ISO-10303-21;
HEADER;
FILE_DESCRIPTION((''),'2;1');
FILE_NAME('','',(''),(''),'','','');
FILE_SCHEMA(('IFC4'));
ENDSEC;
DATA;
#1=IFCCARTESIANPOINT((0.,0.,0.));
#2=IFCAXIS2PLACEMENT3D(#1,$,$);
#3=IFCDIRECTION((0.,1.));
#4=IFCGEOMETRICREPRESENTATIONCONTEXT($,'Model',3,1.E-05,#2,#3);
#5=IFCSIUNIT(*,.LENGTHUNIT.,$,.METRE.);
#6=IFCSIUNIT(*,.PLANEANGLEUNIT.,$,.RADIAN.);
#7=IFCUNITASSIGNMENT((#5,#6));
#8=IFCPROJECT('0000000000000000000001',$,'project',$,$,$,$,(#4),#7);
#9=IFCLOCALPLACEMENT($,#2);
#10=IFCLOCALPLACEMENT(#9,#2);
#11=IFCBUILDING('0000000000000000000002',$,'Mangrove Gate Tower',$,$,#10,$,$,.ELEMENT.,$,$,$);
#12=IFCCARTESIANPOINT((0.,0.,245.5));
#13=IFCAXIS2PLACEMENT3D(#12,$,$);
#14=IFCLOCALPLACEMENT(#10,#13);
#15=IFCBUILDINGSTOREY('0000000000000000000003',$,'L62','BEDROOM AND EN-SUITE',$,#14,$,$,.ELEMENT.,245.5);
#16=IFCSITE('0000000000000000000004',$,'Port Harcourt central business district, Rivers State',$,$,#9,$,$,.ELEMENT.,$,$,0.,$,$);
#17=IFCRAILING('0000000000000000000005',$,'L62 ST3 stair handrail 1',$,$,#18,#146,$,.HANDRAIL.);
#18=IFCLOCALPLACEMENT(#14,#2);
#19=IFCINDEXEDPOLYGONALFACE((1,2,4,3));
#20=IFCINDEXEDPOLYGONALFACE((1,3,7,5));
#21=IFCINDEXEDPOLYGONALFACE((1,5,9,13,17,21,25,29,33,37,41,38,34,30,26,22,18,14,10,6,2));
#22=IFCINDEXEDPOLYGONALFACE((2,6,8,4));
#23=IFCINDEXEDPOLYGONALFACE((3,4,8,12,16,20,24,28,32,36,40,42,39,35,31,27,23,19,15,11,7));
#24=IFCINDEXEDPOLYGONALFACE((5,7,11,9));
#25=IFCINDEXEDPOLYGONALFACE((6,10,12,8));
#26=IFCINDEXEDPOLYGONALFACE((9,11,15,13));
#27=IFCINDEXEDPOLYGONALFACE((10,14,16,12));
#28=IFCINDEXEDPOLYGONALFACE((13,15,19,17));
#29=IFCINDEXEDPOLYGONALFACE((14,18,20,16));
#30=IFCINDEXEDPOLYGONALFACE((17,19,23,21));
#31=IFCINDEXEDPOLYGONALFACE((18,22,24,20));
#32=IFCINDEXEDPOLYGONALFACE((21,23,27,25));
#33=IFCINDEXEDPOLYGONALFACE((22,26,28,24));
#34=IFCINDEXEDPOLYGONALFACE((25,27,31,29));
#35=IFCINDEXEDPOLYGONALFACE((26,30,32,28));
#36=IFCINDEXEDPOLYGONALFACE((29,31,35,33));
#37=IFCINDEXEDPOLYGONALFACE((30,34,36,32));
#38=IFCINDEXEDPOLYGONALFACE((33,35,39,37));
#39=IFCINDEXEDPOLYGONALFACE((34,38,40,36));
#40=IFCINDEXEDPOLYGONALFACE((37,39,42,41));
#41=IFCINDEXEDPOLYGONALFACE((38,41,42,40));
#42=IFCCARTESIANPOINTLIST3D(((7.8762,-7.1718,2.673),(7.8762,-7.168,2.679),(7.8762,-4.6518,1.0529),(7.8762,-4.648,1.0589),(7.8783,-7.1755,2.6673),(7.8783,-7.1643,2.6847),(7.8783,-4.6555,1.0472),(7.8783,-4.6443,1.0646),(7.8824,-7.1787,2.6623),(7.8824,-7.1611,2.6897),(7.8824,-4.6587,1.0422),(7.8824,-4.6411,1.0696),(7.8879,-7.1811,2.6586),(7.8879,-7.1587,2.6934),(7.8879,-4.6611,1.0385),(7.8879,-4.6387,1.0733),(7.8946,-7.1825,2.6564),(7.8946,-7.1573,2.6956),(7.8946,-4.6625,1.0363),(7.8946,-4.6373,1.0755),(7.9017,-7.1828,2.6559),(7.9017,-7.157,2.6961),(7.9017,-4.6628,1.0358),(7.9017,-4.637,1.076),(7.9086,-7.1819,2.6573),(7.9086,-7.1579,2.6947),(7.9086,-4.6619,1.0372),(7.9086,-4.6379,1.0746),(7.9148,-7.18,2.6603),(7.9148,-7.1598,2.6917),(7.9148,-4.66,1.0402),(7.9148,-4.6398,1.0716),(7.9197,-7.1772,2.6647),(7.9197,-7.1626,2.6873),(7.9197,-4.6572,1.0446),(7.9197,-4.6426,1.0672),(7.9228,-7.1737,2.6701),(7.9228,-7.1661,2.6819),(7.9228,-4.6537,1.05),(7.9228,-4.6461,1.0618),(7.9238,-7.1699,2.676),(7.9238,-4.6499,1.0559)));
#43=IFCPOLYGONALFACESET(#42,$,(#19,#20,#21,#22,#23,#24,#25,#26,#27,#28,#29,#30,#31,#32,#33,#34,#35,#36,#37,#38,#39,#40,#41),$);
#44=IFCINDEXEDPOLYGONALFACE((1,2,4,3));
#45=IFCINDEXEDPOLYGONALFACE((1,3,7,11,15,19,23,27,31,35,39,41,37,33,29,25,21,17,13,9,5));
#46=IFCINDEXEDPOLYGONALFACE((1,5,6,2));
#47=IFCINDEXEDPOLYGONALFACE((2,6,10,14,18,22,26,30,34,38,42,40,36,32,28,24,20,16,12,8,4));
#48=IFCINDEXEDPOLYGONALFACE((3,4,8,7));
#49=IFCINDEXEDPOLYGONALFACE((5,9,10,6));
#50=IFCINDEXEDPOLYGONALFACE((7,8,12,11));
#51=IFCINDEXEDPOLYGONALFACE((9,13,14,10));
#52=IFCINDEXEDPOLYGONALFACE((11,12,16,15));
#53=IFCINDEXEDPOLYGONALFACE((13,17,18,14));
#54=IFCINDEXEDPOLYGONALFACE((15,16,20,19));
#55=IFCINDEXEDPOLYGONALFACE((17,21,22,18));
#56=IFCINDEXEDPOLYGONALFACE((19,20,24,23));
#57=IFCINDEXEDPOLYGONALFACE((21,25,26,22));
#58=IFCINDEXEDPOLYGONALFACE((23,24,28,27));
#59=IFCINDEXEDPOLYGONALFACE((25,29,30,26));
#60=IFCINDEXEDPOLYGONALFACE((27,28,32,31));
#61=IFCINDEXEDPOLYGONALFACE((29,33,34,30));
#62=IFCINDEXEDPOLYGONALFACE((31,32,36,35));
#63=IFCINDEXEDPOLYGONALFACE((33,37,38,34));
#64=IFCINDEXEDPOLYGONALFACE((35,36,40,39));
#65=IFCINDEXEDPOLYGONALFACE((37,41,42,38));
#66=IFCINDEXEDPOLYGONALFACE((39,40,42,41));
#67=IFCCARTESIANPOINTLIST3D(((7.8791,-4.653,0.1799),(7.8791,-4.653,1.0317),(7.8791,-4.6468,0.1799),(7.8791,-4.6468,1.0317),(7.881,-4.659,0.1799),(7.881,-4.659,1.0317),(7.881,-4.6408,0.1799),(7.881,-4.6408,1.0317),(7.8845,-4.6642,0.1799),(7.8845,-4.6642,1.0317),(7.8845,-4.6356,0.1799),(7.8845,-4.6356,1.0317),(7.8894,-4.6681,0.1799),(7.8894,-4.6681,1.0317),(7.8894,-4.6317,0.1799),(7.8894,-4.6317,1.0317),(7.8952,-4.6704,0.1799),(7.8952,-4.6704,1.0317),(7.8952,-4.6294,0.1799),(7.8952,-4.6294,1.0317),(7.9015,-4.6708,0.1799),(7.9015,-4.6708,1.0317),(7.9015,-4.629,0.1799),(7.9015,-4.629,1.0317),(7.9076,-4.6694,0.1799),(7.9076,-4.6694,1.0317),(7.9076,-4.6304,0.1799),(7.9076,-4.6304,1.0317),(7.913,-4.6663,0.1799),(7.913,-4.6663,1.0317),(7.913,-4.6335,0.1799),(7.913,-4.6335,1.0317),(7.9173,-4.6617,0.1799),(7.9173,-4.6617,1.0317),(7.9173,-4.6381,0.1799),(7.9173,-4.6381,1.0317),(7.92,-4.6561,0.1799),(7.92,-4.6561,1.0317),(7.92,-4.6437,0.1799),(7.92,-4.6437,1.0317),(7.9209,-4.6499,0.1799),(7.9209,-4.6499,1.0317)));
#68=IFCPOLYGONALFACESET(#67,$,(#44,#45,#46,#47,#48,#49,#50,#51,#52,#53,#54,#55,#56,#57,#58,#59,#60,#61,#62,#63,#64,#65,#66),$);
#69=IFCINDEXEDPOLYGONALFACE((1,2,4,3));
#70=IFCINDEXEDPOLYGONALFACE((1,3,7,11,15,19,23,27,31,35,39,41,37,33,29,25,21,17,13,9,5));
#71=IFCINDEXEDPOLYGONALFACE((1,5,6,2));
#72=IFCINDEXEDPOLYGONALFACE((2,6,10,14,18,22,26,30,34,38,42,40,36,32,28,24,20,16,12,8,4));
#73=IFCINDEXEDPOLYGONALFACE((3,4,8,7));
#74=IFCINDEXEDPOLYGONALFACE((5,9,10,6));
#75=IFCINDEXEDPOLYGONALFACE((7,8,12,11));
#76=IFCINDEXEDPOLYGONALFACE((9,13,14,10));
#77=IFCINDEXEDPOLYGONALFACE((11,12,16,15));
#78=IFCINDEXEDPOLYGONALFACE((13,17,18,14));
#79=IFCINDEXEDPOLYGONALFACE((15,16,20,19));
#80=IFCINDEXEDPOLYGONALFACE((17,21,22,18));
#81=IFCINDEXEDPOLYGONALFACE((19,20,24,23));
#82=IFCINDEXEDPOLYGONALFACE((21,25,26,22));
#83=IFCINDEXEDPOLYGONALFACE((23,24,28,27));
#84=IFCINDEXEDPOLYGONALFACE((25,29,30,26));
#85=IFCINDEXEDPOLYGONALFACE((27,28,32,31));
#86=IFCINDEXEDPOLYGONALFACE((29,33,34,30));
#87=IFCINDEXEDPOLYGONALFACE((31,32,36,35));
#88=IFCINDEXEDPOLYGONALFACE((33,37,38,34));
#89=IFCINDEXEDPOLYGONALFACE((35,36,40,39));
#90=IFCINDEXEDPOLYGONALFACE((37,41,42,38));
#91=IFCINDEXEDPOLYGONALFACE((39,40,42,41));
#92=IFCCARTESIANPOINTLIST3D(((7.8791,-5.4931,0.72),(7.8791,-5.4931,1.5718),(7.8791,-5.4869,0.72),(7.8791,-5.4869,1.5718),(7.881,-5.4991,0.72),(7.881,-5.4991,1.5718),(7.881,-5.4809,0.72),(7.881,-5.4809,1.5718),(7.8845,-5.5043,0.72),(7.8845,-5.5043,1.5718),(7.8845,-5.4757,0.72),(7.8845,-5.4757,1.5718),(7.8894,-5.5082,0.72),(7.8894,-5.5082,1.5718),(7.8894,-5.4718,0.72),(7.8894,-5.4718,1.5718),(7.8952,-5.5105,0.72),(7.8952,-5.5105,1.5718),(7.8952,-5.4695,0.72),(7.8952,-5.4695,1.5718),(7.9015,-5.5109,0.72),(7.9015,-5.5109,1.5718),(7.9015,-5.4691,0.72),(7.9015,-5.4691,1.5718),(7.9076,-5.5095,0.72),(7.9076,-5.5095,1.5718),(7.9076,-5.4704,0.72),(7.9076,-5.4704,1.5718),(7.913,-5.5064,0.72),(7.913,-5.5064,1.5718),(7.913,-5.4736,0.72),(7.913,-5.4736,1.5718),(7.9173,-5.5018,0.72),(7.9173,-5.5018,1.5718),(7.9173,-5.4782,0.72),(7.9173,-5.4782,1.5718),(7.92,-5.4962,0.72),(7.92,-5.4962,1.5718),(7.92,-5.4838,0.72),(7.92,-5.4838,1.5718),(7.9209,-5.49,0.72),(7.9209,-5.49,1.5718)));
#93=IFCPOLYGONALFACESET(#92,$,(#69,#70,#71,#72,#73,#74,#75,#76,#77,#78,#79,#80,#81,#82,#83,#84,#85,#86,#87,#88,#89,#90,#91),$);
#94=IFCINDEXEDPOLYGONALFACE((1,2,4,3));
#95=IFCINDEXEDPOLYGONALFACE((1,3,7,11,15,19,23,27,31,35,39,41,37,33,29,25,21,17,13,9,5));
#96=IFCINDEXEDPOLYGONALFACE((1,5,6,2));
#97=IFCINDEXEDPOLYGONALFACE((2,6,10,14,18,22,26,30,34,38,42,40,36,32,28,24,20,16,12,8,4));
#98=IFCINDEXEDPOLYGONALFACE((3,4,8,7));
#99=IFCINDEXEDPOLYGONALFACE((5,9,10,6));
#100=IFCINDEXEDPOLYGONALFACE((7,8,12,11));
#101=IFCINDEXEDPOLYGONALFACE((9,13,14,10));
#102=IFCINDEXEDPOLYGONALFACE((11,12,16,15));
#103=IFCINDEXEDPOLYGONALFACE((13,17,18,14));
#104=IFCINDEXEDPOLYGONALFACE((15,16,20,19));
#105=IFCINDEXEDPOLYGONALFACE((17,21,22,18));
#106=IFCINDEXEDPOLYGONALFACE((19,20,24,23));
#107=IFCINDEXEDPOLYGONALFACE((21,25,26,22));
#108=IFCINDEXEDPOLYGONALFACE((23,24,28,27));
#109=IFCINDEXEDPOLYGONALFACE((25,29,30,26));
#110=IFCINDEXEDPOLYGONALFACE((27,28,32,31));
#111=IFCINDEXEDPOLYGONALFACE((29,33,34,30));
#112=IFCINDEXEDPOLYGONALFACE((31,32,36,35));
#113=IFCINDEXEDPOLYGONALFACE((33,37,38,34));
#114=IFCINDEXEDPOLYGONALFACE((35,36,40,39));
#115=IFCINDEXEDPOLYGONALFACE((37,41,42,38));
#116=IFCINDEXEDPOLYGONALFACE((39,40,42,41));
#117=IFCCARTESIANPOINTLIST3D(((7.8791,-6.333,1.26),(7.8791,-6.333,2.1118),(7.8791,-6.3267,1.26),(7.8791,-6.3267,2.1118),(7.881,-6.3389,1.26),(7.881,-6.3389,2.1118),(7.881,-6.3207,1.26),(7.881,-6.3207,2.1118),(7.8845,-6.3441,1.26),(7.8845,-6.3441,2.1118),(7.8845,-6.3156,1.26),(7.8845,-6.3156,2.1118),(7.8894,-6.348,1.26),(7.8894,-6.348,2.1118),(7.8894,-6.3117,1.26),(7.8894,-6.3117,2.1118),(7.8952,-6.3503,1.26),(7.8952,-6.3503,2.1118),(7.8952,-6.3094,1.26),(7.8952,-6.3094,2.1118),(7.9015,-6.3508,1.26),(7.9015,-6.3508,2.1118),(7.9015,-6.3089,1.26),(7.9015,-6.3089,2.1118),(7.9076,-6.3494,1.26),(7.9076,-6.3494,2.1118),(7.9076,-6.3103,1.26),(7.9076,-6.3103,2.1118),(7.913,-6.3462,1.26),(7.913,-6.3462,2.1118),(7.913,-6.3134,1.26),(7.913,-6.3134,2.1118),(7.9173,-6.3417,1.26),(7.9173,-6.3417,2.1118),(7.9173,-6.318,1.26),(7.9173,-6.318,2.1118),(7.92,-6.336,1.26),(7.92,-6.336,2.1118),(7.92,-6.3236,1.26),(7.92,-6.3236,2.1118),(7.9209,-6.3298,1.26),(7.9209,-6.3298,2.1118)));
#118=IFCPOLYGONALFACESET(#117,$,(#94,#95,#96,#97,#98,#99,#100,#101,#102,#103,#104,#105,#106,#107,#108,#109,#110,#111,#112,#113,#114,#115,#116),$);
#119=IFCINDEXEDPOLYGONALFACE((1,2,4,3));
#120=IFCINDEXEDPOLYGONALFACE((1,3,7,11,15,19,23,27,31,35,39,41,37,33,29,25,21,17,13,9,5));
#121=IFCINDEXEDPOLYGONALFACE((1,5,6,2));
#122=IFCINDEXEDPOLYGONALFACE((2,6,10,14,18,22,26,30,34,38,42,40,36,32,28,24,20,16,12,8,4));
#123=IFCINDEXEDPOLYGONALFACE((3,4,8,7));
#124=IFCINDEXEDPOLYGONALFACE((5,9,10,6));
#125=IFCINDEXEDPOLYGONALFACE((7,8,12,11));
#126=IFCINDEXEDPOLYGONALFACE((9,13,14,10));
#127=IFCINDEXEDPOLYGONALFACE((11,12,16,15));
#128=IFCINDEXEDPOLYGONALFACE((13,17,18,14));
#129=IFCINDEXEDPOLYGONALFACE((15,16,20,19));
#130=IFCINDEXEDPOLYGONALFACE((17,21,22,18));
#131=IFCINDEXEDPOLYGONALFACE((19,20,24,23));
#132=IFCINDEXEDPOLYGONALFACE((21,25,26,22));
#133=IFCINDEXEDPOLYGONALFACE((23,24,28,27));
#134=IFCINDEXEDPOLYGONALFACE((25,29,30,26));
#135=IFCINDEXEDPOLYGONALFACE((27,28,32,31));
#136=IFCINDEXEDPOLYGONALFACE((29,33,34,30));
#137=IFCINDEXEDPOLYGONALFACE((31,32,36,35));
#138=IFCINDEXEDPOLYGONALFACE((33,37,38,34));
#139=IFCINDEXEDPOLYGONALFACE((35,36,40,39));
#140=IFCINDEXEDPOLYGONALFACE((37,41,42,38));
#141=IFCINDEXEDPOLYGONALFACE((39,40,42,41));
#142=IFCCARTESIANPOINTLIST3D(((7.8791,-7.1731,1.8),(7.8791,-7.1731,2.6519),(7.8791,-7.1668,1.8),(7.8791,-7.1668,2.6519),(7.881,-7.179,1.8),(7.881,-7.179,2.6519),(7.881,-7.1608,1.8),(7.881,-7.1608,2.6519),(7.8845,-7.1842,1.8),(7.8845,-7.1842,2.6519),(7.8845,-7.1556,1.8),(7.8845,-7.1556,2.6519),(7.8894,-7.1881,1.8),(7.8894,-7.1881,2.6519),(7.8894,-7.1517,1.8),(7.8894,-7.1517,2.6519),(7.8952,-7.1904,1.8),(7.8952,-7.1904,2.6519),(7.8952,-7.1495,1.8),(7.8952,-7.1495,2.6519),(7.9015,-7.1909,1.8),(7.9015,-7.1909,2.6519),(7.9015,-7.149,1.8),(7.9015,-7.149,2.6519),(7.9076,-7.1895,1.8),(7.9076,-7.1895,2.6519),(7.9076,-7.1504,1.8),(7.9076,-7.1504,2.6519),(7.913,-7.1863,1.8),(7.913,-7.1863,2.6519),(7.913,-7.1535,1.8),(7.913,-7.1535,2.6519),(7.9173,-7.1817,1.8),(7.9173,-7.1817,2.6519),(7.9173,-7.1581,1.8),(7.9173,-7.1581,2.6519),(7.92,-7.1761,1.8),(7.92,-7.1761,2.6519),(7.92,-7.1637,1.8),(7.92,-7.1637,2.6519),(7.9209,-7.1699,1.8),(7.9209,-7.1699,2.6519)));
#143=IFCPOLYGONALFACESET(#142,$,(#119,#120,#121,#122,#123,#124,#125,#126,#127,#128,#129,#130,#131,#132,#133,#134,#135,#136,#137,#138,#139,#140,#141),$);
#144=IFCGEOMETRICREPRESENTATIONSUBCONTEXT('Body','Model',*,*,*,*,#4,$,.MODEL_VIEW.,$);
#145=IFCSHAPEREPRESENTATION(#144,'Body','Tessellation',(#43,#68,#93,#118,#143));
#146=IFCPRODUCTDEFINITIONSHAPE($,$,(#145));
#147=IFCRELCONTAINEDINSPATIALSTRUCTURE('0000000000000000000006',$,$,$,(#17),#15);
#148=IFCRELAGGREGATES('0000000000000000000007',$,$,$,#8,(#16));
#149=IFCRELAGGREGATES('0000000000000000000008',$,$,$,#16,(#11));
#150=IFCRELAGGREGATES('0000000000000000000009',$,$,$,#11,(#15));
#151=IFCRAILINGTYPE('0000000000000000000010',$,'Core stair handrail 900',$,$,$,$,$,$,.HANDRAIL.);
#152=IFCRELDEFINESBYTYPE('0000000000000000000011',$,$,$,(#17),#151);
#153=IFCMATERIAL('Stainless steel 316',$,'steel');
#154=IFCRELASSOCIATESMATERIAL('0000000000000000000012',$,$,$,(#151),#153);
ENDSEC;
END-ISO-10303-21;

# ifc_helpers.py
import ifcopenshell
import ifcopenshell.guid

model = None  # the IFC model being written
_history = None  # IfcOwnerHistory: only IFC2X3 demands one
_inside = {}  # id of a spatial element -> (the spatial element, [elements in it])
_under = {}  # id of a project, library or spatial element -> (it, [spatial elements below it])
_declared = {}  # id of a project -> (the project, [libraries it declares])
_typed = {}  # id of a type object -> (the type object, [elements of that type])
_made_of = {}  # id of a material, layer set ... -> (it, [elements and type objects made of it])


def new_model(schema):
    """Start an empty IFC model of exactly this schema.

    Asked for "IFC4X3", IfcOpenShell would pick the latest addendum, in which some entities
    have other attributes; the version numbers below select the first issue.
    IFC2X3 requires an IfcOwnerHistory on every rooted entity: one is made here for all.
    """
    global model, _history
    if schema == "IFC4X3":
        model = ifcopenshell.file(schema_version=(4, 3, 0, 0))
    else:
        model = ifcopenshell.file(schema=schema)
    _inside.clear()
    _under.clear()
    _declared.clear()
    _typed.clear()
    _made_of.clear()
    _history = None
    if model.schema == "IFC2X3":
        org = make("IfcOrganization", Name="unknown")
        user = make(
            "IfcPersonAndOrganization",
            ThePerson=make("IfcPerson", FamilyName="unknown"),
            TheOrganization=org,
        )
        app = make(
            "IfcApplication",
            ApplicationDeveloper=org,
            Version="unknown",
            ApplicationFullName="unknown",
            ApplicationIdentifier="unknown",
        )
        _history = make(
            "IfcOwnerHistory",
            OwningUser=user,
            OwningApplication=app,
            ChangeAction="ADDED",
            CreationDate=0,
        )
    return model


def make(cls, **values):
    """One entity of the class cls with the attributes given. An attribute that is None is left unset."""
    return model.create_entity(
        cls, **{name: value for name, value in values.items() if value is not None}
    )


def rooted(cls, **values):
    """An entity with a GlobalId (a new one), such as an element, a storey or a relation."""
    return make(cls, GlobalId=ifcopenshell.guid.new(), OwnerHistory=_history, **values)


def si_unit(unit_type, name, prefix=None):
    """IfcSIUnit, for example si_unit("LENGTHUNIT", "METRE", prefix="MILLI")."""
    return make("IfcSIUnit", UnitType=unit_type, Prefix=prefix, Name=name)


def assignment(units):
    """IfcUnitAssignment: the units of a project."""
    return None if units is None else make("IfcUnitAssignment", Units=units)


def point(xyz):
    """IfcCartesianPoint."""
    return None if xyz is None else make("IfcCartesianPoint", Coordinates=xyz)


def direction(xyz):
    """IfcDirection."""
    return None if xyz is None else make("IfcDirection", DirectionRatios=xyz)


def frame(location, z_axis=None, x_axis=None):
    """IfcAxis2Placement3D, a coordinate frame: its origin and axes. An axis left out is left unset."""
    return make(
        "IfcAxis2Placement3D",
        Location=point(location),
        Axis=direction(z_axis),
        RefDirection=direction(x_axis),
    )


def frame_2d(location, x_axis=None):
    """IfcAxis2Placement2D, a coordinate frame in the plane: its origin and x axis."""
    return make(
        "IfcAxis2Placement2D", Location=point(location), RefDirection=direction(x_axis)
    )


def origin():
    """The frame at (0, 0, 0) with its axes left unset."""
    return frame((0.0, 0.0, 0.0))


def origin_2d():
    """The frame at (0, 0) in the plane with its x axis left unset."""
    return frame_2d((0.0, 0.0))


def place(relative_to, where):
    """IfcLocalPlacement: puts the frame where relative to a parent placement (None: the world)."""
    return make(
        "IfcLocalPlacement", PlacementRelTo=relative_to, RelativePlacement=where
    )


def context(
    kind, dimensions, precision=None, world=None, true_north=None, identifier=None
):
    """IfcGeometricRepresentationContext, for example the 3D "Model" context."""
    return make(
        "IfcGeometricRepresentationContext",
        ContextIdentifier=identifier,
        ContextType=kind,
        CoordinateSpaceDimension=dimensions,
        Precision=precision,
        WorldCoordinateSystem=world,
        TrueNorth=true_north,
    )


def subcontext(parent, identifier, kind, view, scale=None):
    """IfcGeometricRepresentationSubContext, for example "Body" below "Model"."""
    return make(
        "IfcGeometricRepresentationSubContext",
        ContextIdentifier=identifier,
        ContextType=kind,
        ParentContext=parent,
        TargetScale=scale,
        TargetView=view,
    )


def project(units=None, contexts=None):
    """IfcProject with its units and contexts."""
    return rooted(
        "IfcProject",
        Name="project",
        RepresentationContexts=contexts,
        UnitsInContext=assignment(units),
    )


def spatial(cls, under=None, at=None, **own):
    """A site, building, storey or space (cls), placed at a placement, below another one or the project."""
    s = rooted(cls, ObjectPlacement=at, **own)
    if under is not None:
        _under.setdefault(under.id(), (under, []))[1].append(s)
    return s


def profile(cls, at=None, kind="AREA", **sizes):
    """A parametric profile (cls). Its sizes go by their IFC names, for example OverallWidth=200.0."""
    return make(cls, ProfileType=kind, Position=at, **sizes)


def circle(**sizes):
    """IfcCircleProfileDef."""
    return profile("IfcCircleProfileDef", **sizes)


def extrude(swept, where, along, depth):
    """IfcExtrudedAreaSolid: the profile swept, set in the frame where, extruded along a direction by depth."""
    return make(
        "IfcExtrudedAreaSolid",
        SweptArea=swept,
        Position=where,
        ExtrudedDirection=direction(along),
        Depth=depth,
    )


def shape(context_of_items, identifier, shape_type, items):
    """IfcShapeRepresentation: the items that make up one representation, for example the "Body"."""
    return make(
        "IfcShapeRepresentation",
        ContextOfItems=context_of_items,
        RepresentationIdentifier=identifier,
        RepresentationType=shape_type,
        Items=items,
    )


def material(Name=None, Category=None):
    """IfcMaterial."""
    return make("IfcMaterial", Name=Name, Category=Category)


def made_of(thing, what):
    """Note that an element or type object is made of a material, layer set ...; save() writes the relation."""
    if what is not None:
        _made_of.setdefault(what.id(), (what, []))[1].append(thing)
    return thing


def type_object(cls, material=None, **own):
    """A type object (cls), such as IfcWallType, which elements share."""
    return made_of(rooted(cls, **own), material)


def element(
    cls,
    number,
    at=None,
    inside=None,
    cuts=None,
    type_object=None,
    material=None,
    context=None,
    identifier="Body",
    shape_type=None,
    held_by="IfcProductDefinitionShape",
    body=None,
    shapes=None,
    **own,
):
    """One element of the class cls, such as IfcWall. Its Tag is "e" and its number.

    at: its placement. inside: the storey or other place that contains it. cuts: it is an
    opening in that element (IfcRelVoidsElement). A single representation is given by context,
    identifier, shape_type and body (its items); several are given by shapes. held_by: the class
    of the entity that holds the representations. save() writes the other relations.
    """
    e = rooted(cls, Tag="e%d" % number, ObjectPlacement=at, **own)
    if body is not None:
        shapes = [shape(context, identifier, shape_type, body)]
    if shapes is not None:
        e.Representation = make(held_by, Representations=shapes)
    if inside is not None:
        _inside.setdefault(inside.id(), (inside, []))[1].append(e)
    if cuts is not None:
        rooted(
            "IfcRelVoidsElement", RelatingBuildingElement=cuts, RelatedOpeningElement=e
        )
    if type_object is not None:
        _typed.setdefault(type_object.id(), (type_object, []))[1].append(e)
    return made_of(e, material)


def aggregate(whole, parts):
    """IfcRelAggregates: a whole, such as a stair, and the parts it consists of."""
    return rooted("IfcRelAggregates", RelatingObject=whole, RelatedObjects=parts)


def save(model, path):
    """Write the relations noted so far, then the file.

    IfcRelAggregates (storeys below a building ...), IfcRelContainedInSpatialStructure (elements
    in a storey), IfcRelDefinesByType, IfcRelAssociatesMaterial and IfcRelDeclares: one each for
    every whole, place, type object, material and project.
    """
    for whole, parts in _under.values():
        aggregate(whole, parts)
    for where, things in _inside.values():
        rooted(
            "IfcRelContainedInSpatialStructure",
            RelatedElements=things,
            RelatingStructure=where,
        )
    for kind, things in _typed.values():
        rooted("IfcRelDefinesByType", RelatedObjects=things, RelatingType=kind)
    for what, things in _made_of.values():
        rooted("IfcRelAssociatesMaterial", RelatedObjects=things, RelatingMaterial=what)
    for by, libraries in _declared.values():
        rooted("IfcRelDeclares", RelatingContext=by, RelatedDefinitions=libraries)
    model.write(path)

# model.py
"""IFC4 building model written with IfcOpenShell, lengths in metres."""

from ifc_helpers import new_model, si_unit, direction, frame, origin, origin_2d, place, context, subcontext, project, spatial, circle, extrude, material, type_object, element, save


model = new_model("IFC4")

# Units and contexts
model_context = context("Model", 3, precision=1e-05, world=origin(), true_north=direction((0.0, 1.0)))
body_context = subcontext(model_context, "Body", "Model", "MODEL_VIEW")
ifc_project = project(units=[si_unit("LENGTHUNIT", "METRE"), si_unit("PLANEANGLEUNIT", "RADIAN")], contexts=[model_context])

# Site, building, storey
site_placement = place(None, origin())
site = spatial("IfcSite", under=ifc_project, at=site_placement, Name="Port Harcourt central business district, Rivers State", CompositionType="ELEMENT", RefElevation=0.0)
building_placement = place(site_placement, origin())
building = spatial("IfcBuilding", under=site, at=building_placement, Name="Mangrove Gate Tower", CompositionType="ELEMENT")
storey_placement = place(building_placement, frame((0.0, 0.0, 245.5)))
storey = spatial("IfcBuildingStorey", under=building, at=storey_placement, Name="L62", Description="BEDROOM AND EN-SUITE", CompositionType="ELEMENT", Elevation=245.5)

# Railing
ifc_material_1 = material(Name="Stainless steel 316", Category="steel")
railing_type_1 = type_object("IfcRailingType", Name="Core stair handrail 900", PredefinedType="HANDRAIL", material=ifc_material_1)
railing_1_placement = place(storey_placement, frame((7.8999, -4.6499, 0.1799)))
element("IfcRailing", 1, at=railing_1_placement, inside=storey, type_object=railing_type_1, Name="L62 ST3 stair handrail 1", PredefinedType="HANDRAIL", context=body_context, shape_type="SweptSolid", body=[
    extrude(circle(Radius=0.0239, at=origin_2d()), frame((0.0, 0.0, 0.876), z_axis=(0.0, -0.841163, 0.540782), x_axis=(1.0, 0.0, 0.0)), (0.0, 0.0, 1.0), 2.9958),
    extrude(circle(Radius=0.021, at=origin_2d()), origin(), (0.0, 0.0, 1.0), 0.8518),
    extrude(circle(Radius=0.021, at=origin_2d()), frame((0.0, -0.8401, 0.54)), (0.0, 0.0, 1.0), 0.8518),
    extrude(circle(Radius=0.021, at=origin_2d()), frame((0.0, -1.6799, 1.0801)), (0.0, 0.0, 1.0), 0.8518),
    extrude(circle(Radius=0.021, at=origin_2d()), frame((0.0, -2.52, 1.6201)), (0.0, 0.0, 1.0), 0.8518),
])

save(model, "model.ifc")
